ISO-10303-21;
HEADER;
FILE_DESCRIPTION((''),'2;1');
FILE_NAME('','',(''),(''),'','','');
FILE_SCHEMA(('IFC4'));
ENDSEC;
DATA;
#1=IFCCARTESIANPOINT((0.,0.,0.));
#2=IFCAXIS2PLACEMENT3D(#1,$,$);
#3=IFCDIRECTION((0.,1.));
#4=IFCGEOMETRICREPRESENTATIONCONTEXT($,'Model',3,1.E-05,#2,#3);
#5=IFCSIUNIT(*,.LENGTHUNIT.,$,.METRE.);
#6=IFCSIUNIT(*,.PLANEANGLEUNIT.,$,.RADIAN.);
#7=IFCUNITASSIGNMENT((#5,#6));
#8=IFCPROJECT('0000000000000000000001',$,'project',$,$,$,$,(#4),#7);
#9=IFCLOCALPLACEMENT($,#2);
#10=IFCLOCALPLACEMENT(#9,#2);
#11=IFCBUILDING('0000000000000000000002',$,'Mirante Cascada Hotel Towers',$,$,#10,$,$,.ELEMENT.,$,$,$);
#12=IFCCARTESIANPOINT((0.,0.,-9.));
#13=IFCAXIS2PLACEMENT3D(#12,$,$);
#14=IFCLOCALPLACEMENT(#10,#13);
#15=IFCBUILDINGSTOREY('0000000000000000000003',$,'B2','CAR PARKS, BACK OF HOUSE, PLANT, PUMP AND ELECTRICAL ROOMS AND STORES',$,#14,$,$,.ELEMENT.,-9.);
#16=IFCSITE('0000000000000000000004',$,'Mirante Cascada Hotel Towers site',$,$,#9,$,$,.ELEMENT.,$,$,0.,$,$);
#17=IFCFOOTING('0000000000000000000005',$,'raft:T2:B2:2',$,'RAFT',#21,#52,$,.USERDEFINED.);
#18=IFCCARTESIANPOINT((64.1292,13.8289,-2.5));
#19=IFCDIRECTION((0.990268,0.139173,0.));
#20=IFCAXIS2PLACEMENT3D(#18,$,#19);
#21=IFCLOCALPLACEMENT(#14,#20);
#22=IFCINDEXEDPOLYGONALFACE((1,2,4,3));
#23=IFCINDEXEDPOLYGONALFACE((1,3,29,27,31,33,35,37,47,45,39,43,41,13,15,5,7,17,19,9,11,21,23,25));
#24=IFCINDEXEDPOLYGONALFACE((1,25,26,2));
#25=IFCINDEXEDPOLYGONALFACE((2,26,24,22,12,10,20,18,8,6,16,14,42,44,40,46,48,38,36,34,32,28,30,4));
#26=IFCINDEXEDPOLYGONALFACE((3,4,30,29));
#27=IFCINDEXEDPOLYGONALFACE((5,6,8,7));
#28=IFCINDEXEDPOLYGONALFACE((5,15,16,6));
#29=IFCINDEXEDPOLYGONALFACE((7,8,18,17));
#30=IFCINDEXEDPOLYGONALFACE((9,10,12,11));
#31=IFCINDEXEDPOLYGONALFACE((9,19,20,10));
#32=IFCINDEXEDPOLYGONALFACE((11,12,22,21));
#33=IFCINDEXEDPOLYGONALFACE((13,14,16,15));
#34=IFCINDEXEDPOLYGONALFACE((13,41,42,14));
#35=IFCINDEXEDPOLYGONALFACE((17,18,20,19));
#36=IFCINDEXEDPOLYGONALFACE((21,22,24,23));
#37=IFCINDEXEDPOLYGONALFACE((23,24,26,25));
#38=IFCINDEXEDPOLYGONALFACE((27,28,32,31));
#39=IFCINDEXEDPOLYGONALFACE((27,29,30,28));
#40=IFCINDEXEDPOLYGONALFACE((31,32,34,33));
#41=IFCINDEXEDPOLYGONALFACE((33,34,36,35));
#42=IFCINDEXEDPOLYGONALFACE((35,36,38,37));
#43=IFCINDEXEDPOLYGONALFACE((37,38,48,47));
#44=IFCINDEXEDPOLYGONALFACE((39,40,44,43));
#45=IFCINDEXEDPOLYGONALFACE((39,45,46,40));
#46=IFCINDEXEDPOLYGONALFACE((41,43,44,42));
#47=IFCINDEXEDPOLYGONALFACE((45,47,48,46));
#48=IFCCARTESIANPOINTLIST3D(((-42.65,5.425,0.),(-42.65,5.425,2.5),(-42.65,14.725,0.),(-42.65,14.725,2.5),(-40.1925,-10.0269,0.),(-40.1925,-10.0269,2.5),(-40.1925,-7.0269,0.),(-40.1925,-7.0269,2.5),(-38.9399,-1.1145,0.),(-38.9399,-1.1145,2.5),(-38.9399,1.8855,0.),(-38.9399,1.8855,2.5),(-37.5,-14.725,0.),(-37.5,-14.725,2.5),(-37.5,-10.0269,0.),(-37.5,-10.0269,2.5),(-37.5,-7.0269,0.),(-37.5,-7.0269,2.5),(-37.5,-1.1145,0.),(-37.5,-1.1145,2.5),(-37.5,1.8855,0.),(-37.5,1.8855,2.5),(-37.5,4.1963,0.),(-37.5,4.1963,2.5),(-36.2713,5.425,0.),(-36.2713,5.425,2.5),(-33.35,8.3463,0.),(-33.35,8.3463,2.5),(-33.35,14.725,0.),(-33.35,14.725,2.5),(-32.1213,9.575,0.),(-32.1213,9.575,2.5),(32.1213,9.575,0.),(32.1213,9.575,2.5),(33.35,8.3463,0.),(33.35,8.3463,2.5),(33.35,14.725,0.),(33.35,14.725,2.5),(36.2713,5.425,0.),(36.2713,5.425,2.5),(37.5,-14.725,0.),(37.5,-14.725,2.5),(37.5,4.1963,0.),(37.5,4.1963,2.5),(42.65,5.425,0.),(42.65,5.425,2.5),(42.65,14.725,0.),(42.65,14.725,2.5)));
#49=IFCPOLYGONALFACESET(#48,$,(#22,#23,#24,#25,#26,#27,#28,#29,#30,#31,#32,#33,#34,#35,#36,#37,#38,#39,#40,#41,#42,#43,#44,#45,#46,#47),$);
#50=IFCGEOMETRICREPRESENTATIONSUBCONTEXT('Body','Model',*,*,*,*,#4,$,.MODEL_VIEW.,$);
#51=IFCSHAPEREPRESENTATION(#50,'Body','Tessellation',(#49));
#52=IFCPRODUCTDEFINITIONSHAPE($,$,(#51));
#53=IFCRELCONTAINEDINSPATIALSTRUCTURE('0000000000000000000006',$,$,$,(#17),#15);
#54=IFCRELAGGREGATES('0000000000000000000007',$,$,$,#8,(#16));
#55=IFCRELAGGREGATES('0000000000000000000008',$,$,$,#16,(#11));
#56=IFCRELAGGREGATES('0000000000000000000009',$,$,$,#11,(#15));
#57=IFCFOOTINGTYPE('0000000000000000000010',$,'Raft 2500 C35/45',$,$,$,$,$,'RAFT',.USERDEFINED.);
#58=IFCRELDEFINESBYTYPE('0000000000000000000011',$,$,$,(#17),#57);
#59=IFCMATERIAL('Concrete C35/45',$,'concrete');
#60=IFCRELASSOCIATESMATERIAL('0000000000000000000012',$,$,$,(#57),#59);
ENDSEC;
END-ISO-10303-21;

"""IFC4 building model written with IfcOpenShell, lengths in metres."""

from ifc_helpers import new_model, si_unit, direction, frame, origin, place, context, subcontext, project, spatial, polyline, outline, extrude, material, type_object, element, save


model = new_model("IFC4")

# Units and contexts
model_context = context("Model", 3, precision=1e-05, world=origin(), true_north=direction((0.0, 1.0)))
body_context = subcontext(model_context, "Body", "Model", "MODEL_VIEW")
ifc_project = project(units=[si_unit("LENGTHUNIT", "METRE"), si_unit("PLANEANGLEUNIT", "RADIAN")], contexts=[model_context])

# Site, building, storey
site_placement = place(None, origin())
site = spatial("IfcSite", under=ifc_project, at=site_placement, Name="Mirante Cascada Hotel Towers site", CompositionType="ELEMENT", RefElevation=0.0)
building_placement = place(site_placement, origin())
building = spatial("IfcBuilding", under=site, at=building_placement, Name="Mirante Cascada Hotel Towers", CompositionType="ELEMENT")
storey_placement = place(building_placement, frame((0.0, 0.0, -9.0)))
storey = spatial("IfcBuildingStorey", under=building, at=storey_placement, Name="B2", Description="CAR PARKS, BACK OF HOUSE, PLANT, PUMP AND ELECTRICAL ROOMS AND STORES", CompositionType="ELEMENT", Elevation=-9.0)

# Footing
ifc_material_1 = material(Name="Concrete C35/45", Category="concrete")
footing_type = type_object("IfcFootingType", Name="Raft 2500 C35/45", ElementType="RAFT", PredefinedType="USERDEFINED", material=ifc_material_1)
footing_placement = place(storey_placement, frame((64.1292, 13.8289, -2.5), x_axis=(0.990268, 0.139173, 0.0)))
element("IfcFooting", 1, at=footing_placement, inside=storey, type_object=footing_type, Name="raft:T2:B2:2", ObjectType="RAFT", PredefinedType="USERDEFINED", context=body_context, shape_type="SweptSolid", body=[
    extrude(outline(polyline([(-37.5, -10.0269), (-40.1925, -10.0269), (-40.1925, -7.0269), (-37.5, -7.0269), (-37.5, -1.1145), (-38.9399, -1.1145), (-38.9399, 1.8855), (-37.5, 1.8855), (-37.5, 4.1963), (-36.2713, 5.425), (-42.65, 5.425), (-42.65, 14.725), (-33.35, 14.725), (-33.35, 8.3463), (-32.1213, 9.575), (32.1213, 9.575), (33.35, 8.3463), (33.35, 14.725), (42.65, 14.725), (42.65, 5.425), (36.2713, 5.425), (37.5, 4.1963), (37.5, -14.725), (-37.5, -14.725), (-37.5, -10.0269)])), origin(), (0.0, 0.0, 1.0), 2.5),
])

save(model, "model.ifc")
